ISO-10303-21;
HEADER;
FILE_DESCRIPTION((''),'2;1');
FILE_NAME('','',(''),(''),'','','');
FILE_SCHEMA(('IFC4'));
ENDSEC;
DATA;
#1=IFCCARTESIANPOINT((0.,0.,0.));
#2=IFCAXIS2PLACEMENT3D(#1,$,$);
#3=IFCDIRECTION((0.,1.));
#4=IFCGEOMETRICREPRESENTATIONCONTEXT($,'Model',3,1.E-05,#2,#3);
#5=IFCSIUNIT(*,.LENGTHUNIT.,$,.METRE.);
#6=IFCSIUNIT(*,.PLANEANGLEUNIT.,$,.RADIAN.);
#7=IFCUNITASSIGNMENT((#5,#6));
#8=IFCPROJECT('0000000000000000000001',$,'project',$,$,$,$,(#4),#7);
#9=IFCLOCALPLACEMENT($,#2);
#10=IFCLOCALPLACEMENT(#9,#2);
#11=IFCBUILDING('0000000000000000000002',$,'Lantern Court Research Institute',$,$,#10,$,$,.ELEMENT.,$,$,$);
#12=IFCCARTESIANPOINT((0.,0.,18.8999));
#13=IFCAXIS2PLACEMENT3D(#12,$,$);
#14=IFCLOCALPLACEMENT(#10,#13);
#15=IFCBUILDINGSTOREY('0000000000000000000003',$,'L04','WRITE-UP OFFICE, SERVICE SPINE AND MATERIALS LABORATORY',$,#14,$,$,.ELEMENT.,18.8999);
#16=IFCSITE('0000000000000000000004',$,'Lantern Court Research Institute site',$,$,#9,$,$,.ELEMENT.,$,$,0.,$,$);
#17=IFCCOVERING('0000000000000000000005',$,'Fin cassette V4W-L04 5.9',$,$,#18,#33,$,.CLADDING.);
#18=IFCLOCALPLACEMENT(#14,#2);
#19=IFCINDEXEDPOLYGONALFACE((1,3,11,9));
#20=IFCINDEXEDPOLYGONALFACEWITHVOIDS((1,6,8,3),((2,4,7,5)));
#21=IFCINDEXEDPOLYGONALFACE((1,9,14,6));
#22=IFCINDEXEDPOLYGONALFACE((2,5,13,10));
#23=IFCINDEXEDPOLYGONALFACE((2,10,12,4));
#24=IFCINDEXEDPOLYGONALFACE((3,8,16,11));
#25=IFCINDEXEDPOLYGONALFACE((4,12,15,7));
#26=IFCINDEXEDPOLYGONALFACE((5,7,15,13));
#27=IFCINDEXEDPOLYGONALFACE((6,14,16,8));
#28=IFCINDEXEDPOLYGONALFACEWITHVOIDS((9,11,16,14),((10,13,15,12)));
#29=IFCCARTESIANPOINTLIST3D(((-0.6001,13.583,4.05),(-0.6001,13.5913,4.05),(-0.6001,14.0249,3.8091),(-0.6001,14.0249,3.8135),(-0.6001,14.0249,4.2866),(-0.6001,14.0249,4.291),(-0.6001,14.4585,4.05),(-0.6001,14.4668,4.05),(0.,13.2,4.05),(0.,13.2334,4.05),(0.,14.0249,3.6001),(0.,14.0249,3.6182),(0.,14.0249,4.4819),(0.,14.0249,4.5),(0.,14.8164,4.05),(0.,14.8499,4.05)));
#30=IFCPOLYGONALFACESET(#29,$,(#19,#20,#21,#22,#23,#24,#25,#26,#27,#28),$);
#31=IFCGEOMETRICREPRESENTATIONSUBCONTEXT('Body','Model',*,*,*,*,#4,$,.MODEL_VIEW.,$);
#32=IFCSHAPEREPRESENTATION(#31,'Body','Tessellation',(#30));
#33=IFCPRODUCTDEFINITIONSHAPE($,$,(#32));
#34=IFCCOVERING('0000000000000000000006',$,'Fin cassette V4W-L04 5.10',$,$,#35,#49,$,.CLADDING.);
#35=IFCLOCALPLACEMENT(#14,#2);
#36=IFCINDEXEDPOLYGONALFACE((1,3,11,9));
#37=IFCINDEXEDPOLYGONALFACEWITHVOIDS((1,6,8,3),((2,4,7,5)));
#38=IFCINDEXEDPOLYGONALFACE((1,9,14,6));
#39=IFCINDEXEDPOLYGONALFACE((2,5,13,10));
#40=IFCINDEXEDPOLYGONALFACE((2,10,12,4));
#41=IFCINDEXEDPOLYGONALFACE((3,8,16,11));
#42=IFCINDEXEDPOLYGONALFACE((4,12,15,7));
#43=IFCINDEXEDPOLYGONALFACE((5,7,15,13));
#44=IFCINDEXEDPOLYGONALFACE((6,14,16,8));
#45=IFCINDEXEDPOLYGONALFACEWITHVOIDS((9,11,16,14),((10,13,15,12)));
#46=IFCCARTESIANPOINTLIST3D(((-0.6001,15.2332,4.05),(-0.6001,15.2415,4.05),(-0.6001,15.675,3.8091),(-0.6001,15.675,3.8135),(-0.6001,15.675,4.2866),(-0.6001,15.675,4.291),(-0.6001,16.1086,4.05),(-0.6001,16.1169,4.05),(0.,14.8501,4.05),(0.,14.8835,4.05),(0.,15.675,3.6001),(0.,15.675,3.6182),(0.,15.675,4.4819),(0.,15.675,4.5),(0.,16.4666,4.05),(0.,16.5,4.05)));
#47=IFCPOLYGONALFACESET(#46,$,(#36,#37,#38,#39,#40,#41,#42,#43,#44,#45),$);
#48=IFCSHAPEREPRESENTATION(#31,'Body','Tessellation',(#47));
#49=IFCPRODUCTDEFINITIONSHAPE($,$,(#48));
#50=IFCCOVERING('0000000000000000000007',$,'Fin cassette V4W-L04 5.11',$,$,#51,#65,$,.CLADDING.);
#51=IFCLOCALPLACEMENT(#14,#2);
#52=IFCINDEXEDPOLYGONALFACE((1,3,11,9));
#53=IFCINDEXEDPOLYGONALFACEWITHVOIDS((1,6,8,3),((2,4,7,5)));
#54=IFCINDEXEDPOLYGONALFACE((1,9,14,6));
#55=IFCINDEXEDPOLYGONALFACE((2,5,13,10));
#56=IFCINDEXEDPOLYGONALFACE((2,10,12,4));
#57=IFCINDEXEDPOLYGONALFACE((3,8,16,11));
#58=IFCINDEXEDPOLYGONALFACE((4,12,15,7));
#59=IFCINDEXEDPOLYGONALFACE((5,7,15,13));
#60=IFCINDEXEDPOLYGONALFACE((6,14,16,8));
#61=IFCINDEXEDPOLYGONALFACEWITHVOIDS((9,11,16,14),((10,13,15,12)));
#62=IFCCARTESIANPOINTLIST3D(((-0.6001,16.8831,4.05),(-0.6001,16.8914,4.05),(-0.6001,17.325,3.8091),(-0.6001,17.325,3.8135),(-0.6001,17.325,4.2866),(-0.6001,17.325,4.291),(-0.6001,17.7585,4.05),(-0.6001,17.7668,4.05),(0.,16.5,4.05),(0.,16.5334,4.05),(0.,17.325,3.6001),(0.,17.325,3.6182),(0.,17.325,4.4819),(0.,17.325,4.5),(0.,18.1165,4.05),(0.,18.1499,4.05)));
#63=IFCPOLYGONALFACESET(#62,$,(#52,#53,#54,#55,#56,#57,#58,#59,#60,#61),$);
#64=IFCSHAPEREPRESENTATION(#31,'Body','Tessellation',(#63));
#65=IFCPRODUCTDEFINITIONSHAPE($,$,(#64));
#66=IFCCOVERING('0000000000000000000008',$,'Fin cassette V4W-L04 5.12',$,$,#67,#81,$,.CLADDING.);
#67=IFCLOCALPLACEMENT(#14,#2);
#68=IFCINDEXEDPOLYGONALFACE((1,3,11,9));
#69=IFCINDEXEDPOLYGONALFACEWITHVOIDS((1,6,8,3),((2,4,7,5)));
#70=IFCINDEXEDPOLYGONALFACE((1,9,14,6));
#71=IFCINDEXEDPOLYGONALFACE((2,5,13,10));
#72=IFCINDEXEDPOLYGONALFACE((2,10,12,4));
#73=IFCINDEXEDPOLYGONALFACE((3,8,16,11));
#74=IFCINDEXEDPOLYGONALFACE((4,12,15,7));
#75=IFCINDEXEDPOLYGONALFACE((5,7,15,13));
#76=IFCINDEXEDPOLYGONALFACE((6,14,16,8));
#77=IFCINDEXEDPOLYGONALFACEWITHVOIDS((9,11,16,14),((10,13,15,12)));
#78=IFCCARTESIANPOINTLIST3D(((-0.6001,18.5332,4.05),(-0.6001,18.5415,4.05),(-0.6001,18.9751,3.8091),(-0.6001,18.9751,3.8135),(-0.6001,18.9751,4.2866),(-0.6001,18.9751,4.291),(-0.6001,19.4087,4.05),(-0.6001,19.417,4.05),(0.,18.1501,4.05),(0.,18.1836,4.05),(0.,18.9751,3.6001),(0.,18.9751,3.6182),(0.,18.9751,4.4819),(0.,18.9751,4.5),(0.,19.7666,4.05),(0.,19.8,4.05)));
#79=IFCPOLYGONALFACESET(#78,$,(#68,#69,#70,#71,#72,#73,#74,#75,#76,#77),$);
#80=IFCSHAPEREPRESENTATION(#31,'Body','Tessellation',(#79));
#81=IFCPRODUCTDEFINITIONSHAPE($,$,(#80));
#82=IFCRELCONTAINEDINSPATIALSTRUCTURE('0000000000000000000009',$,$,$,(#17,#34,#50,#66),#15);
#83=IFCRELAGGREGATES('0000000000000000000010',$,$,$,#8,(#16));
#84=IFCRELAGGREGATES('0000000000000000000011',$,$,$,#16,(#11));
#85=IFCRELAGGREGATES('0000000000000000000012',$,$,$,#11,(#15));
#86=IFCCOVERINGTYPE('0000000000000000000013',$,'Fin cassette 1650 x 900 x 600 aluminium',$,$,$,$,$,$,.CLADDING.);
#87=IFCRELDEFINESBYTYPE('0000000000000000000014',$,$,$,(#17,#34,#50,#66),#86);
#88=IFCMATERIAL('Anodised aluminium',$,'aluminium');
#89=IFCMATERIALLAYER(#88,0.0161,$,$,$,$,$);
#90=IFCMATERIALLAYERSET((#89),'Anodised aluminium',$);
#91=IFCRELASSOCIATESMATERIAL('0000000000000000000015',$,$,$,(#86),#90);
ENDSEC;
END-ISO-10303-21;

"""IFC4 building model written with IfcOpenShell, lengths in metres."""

from ifc_helpers import new_model, entity, si_unit, direction, frame, origin, place, context, subcontext, project, spatial, material, layer, layer_set, type_object, element, save


model = new_model("IFC4")

# Units and contexts
model_context = context("Model", 3, precision=1e-05, world=origin(), true_north=direction((0.0, 1.0)))
body_context = subcontext(model_context, "Body", "Model", "MODEL_VIEW")
ifc_project = project(units=[si_unit("LENGTHUNIT", "METRE"), si_unit("PLANEANGLEUNIT", "RADIAN")], contexts=[model_context])

# Site, building, storey
site_placement = place(None, origin())
site = spatial("IfcSite", under=ifc_project, at=site_placement, Name="Lantern Court Research Institute site", CompositionType="ELEMENT", RefElevation=0.0)
building_placement = place(site_placement, origin())
building = spatial("IfcBuilding", under=site, at=building_placement, Name="Lantern Court Research Institute", CompositionType="ELEMENT")
storey_placement = place(building_placement, frame((0.0, 0.0, 18.8999)))
storey = spatial("IfcBuildingStorey", under=building, at=storey_placement, Name="L04", Description="WRITE-UP OFFICE, SERVICE SPINE AND MATERIALS LABORATORY", CompositionType="ELEMENT", Elevation=18.8999)

# Coverings
ifc_material_1 = material(Name="Anodised aluminium", Category="aluminium")
ifc_layer_1 = layer(ifc_material_1, 0.0161)
ifc_layer_set_1 = layer_set([ifc_layer_1], Name="Anodised aluminium")
covering_type = type_object("IfcCoveringType", Name="Fin cassette 1650 x 900 x 600 aluminium", PredefinedType="CLADDING", material=ifc_layer_set_1)
covering_1_placement = place(storey_placement, frame((0.0, 14.0249, 4.05), z_axis=(-1.0, 0.0, 0.0), x_axis=(0.0, -1.0, 0.0)))
cartesian_point_1 = entity("IfcCartesianPoint", [0.825, 0.0])
cartesian_point_2 = entity("IfcCartesianPoint", [0.7915, 0.0])
cartesian_point_3 = entity("IfcCartesianPoint", [0.4419, 0.0])
cartesian_point_4 = entity("IfcCartesianPoint", [0.4336, 0.0])
element("IfcCovering", 1, at=covering_1_placement, inside=storey, type_object=covering_type, Name="Fin cassette V4W-L04 5.9", PredefinedType="CLADDING", context=body_context, shape_type="SweptSolid", body=[
    entity("IfcExtrudedAreaSolidTapered", entity("IfcArbitraryProfileDefWithVoids", "AREA", None, entity("IfcPolyline", [cartesian_point_1, entity("IfcCartesianPoint", [0.0, 0.45]), entity("IfcCartesianPoint", [-0.825, 0.0]), entity("IfcCartesianPoint", [0.0, -0.45]), cartesian_point_1]), [entity("IfcPolyline", [cartesian_point_2, entity("IfcCartesianPoint", [0.0, 0.4319]), entity("IfcCartesianPoint", [-0.7915, 0.0]), entity("IfcCartesianPoint", [0.0, -0.4319]), cartesian_point_2])]), entity("IfcAxis2Placement3D", entity("IfcCartesianPoint", [0.0, 0.0, 0.0])), entity("IfcDirection", [0.0, 0.0, 1.0]), 0.6001, entity("IfcArbitraryProfileDefWithVoids", "AREA", None, entity("IfcPolyline", [cartesian_point_3, entity("IfcCartesianPoint", [0.0, 0.241]), entity("IfcCartesianPoint", [-0.4419, 0.0]), entity("IfcCartesianPoint", [0.0, -0.241]), cartesian_point_3]), [entity("IfcPolyline", [cartesian_point_4, entity("IfcCartesianPoint", [0.0, 0.2366]), entity("IfcCartesianPoint", [-0.4336, 0.0]), entity("IfcCartesianPoint", [0.0, -0.2366]), cartesian_point_4])])),
])
covering_2_placement = place(storey_placement, frame((0.0, 15.675, 4.05), z_axis=(-1.0, 0.0, 0.0), x_axis=(0.0, -1.0, 0.0)))
cartesian_point_5 = entity("IfcCartesianPoint", [0.825, 0.0])
cartesian_point_6 = entity("IfcCartesianPoint", [0.7915, 0.0])
cartesian_point_7 = entity("IfcCartesianPoint", [0.4419, 0.0])
cartesian_point_8 = entity("IfcCartesianPoint", [0.4336, 0.0])
element("IfcCovering", 2, at=covering_2_placement, inside=storey, type_object=covering_type, Name="Fin cassette V4W-L04 5.10", PredefinedType="CLADDING", context=body_context, shape_type="SweptSolid", body=[
    entity("IfcExtrudedAreaSolidTapered", entity("IfcArbitraryProfileDefWithVoids", "AREA", None, entity("IfcPolyline", [cartesian_point_5, entity("IfcCartesianPoint", [0.0, 0.45]), entity("IfcCartesianPoint", [-0.825, 0.0]), entity("IfcCartesianPoint", [0.0, -0.45]), cartesian_point_5]), [entity("IfcPolyline", [cartesian_point_6, entity("IfcCartesianPoint", [0.0, 0.4319]), entity("IfcCartesianPoint", [-0.7915, 0.0]), entity("IfcCartesianPoint", [0.0, -0.4319]), cartesian_point_6])]), entity("IfcAxis2Placement3D", entity("IfcCartesianPoint", [0.0, 0.0, 0.0])), entity("IfcDirection", [0.0, 0.0, 1.0]), 0.6001, entity("IfcArbitraryProfileDefWithVoids", "AREA", None, entity("IfcPolyline", [cartesian_point_7, entity("IfcCartesianPoint", [0.0, 0.241]), entity("IfcCartesianPoint", [-0.4419, 0.0]), entity("IfcCartesianPoint", [0.0, -0.241]), cartesian_point_7]), [entity("IfcPolyline", [cartesian_point_8, entity("IfcCartesianPoint", [0.0, 0.2366]), entity("IfcCartesianPoint", [-0.4336, 0.0]), entity("IfcCartesianPoint", [0.0, -0.2366]), cartesian_point_8])])),
])
covering_3_placement = place(storey_placement, frame((0.0, 17.325, 4.05), z_axis=(-1.0, 0.0, 0.0), x_axis=(0.0, -1.0, 0.0)))
cartesian_point_9 = entity("IfcCartesianPoint", [0.825, 0.0])
cartesian_point_10 = entity("IfcCartesianPoint", [0.7915, 0.0])
cartesian_point_11 = entity("IfcCartesianPoint", [0.4419, 0.0])
cartesian_point_12 = entity("IfcCartesianPoint", [0.4336, 0.0])
element("IfcCovering", 3, at=covering_3_placement, inside=storey, type_object=covering_type, Name="Fin cassette V4W-L04 5.11", PredefinedType="CLADDING", context=body_context, shape_type="SweptSolid", body=[
    entity("IfcExtrudedAreaSolidTapered", entity("IfcArbitraryProfileDefWithVoids", "AREA", None, entity("IfcPolyline", [cartesian_point_9, entity("IfcCartesianPoint", [0.0, 0.45]), entity("IfcCartesianPoint", [-0.825, 0.0]), entity("IfcCartesianPoint", [0.0, -0.45]), cartesian_point_9]), [entity("IfcPolyline", [cartesian_point_10, entity("IfcCartesianPoint", [0.0, 0.4319]), entity("IfcCartesianPoint", [-0.7915, 0.0]), entity("IfcCartesianPoint", [0.0, -0.4319]), cartesian_point_10])]), entity("IfcAxis2Placement3D", entity("IfcCartesianPoint", [0.0, 0.0, 0.0])), entity("IfcDirection", [0.0, 0.0, 1.0]), 0.6001, entity("IfcArbitraryProfileDefWithVoids", "AREA", None, entity("IfcPolyline", [cartesian_point_11, entity("IfcCartesianPoint", [0.0, 0.241]), entity("IfcCartesianPoint", [-0.4419, 0.0]), entity("IfcCartesianPoint", [0.0, -0.241]), cartesian_point_11]), [entity("IfcPolyline", [cartesian_point_12, entity("IfcCartesianPoint", [0.0, 0.2366]), entity("IfcCartesianPoint", [-0.4336, 0.0]), entity("IfcCartesianPoint", [0.0, -0.2366]), cartesian_point_12])])),
])
covering_4_placement = place(storey_placement, frame((0.0, 18.9751, 4.05), z_axis=(-1.0, 0.0, 0.0), x_axis=(0.0, -1.0, 0.0)))
cartesian_point_13 = entity("IfcCartesianPoint", [0.825, 0.0])
cartesian_point_14 = entity("IfcCartesianPoint", [0.7915, 0.0])
cartesian_point_15 = entity("IfcCartesianPoint", [0.4419, 0.0])
cartesian_point_16 = entity("IfcCartesianPoint", [0.4336, 0.0])
element("IfcCovering", 4, at=covering_4_placement, inside=storey, type_object=covering_type, Name="Fin cassette V4W-L04 5.12", PredefinedType="CLADDING", context=body_context, shape_type="SweptSolid", body=[
    entity("IfcExtrudedAreaSolidTapered", entity("IfcArbitraryProfileDefWithVoids", "AREA", None, entity("IfcPolyline", [cartesian_point_13, entity("IfcCartesianPoint", [0.0, 0.45]), entity("IfcCartesianPoint", [-0.825, 0.0]), entity("IfcCartesianPoint", [0.0, -0.45]), cartesian_point_13]), [entity("IfcPolyline", [cartesian_point_14, entity("IfcCartesianPoint", [0.0, 0.4319]), entity("IfcCartesianPoint", [-0.7915, 0.0]), entity("IfcCartesianPoint", [0.0, -0.4319]), cartesian_point_14])]), entity("IfcAxis2Placement3D", entity("IfcCartesianPoint", [0.0, 0.0, 0.0])), entity("IfcDirection", [0.0, 0.0, 1.0]), 0.6001, entity("IfcArbitraryProfileDefWithVoids", "AREA", None, entity("IfcPolyline", [cartesian_point_15, entity("IfcCartesianPoint", [0.0, 0.241]), entity("IfcCartesianPoint", [-0.4419, 0.0]), entity("IfcCartesianPoint", [0.0, -0.241]), cartesian_point_15]), [entity("IfcPolyline", [cartesian_point_16, entity("IfcCartesianPoint", [0.0, 0.2366]), entity("IfcCartesianPoint", [-0.4336, 0.0]), entity("IfcCartesianPoint", [0.0, -0.2366]), cartesian_point_16])])),
])

save(model, "model.ifc")
